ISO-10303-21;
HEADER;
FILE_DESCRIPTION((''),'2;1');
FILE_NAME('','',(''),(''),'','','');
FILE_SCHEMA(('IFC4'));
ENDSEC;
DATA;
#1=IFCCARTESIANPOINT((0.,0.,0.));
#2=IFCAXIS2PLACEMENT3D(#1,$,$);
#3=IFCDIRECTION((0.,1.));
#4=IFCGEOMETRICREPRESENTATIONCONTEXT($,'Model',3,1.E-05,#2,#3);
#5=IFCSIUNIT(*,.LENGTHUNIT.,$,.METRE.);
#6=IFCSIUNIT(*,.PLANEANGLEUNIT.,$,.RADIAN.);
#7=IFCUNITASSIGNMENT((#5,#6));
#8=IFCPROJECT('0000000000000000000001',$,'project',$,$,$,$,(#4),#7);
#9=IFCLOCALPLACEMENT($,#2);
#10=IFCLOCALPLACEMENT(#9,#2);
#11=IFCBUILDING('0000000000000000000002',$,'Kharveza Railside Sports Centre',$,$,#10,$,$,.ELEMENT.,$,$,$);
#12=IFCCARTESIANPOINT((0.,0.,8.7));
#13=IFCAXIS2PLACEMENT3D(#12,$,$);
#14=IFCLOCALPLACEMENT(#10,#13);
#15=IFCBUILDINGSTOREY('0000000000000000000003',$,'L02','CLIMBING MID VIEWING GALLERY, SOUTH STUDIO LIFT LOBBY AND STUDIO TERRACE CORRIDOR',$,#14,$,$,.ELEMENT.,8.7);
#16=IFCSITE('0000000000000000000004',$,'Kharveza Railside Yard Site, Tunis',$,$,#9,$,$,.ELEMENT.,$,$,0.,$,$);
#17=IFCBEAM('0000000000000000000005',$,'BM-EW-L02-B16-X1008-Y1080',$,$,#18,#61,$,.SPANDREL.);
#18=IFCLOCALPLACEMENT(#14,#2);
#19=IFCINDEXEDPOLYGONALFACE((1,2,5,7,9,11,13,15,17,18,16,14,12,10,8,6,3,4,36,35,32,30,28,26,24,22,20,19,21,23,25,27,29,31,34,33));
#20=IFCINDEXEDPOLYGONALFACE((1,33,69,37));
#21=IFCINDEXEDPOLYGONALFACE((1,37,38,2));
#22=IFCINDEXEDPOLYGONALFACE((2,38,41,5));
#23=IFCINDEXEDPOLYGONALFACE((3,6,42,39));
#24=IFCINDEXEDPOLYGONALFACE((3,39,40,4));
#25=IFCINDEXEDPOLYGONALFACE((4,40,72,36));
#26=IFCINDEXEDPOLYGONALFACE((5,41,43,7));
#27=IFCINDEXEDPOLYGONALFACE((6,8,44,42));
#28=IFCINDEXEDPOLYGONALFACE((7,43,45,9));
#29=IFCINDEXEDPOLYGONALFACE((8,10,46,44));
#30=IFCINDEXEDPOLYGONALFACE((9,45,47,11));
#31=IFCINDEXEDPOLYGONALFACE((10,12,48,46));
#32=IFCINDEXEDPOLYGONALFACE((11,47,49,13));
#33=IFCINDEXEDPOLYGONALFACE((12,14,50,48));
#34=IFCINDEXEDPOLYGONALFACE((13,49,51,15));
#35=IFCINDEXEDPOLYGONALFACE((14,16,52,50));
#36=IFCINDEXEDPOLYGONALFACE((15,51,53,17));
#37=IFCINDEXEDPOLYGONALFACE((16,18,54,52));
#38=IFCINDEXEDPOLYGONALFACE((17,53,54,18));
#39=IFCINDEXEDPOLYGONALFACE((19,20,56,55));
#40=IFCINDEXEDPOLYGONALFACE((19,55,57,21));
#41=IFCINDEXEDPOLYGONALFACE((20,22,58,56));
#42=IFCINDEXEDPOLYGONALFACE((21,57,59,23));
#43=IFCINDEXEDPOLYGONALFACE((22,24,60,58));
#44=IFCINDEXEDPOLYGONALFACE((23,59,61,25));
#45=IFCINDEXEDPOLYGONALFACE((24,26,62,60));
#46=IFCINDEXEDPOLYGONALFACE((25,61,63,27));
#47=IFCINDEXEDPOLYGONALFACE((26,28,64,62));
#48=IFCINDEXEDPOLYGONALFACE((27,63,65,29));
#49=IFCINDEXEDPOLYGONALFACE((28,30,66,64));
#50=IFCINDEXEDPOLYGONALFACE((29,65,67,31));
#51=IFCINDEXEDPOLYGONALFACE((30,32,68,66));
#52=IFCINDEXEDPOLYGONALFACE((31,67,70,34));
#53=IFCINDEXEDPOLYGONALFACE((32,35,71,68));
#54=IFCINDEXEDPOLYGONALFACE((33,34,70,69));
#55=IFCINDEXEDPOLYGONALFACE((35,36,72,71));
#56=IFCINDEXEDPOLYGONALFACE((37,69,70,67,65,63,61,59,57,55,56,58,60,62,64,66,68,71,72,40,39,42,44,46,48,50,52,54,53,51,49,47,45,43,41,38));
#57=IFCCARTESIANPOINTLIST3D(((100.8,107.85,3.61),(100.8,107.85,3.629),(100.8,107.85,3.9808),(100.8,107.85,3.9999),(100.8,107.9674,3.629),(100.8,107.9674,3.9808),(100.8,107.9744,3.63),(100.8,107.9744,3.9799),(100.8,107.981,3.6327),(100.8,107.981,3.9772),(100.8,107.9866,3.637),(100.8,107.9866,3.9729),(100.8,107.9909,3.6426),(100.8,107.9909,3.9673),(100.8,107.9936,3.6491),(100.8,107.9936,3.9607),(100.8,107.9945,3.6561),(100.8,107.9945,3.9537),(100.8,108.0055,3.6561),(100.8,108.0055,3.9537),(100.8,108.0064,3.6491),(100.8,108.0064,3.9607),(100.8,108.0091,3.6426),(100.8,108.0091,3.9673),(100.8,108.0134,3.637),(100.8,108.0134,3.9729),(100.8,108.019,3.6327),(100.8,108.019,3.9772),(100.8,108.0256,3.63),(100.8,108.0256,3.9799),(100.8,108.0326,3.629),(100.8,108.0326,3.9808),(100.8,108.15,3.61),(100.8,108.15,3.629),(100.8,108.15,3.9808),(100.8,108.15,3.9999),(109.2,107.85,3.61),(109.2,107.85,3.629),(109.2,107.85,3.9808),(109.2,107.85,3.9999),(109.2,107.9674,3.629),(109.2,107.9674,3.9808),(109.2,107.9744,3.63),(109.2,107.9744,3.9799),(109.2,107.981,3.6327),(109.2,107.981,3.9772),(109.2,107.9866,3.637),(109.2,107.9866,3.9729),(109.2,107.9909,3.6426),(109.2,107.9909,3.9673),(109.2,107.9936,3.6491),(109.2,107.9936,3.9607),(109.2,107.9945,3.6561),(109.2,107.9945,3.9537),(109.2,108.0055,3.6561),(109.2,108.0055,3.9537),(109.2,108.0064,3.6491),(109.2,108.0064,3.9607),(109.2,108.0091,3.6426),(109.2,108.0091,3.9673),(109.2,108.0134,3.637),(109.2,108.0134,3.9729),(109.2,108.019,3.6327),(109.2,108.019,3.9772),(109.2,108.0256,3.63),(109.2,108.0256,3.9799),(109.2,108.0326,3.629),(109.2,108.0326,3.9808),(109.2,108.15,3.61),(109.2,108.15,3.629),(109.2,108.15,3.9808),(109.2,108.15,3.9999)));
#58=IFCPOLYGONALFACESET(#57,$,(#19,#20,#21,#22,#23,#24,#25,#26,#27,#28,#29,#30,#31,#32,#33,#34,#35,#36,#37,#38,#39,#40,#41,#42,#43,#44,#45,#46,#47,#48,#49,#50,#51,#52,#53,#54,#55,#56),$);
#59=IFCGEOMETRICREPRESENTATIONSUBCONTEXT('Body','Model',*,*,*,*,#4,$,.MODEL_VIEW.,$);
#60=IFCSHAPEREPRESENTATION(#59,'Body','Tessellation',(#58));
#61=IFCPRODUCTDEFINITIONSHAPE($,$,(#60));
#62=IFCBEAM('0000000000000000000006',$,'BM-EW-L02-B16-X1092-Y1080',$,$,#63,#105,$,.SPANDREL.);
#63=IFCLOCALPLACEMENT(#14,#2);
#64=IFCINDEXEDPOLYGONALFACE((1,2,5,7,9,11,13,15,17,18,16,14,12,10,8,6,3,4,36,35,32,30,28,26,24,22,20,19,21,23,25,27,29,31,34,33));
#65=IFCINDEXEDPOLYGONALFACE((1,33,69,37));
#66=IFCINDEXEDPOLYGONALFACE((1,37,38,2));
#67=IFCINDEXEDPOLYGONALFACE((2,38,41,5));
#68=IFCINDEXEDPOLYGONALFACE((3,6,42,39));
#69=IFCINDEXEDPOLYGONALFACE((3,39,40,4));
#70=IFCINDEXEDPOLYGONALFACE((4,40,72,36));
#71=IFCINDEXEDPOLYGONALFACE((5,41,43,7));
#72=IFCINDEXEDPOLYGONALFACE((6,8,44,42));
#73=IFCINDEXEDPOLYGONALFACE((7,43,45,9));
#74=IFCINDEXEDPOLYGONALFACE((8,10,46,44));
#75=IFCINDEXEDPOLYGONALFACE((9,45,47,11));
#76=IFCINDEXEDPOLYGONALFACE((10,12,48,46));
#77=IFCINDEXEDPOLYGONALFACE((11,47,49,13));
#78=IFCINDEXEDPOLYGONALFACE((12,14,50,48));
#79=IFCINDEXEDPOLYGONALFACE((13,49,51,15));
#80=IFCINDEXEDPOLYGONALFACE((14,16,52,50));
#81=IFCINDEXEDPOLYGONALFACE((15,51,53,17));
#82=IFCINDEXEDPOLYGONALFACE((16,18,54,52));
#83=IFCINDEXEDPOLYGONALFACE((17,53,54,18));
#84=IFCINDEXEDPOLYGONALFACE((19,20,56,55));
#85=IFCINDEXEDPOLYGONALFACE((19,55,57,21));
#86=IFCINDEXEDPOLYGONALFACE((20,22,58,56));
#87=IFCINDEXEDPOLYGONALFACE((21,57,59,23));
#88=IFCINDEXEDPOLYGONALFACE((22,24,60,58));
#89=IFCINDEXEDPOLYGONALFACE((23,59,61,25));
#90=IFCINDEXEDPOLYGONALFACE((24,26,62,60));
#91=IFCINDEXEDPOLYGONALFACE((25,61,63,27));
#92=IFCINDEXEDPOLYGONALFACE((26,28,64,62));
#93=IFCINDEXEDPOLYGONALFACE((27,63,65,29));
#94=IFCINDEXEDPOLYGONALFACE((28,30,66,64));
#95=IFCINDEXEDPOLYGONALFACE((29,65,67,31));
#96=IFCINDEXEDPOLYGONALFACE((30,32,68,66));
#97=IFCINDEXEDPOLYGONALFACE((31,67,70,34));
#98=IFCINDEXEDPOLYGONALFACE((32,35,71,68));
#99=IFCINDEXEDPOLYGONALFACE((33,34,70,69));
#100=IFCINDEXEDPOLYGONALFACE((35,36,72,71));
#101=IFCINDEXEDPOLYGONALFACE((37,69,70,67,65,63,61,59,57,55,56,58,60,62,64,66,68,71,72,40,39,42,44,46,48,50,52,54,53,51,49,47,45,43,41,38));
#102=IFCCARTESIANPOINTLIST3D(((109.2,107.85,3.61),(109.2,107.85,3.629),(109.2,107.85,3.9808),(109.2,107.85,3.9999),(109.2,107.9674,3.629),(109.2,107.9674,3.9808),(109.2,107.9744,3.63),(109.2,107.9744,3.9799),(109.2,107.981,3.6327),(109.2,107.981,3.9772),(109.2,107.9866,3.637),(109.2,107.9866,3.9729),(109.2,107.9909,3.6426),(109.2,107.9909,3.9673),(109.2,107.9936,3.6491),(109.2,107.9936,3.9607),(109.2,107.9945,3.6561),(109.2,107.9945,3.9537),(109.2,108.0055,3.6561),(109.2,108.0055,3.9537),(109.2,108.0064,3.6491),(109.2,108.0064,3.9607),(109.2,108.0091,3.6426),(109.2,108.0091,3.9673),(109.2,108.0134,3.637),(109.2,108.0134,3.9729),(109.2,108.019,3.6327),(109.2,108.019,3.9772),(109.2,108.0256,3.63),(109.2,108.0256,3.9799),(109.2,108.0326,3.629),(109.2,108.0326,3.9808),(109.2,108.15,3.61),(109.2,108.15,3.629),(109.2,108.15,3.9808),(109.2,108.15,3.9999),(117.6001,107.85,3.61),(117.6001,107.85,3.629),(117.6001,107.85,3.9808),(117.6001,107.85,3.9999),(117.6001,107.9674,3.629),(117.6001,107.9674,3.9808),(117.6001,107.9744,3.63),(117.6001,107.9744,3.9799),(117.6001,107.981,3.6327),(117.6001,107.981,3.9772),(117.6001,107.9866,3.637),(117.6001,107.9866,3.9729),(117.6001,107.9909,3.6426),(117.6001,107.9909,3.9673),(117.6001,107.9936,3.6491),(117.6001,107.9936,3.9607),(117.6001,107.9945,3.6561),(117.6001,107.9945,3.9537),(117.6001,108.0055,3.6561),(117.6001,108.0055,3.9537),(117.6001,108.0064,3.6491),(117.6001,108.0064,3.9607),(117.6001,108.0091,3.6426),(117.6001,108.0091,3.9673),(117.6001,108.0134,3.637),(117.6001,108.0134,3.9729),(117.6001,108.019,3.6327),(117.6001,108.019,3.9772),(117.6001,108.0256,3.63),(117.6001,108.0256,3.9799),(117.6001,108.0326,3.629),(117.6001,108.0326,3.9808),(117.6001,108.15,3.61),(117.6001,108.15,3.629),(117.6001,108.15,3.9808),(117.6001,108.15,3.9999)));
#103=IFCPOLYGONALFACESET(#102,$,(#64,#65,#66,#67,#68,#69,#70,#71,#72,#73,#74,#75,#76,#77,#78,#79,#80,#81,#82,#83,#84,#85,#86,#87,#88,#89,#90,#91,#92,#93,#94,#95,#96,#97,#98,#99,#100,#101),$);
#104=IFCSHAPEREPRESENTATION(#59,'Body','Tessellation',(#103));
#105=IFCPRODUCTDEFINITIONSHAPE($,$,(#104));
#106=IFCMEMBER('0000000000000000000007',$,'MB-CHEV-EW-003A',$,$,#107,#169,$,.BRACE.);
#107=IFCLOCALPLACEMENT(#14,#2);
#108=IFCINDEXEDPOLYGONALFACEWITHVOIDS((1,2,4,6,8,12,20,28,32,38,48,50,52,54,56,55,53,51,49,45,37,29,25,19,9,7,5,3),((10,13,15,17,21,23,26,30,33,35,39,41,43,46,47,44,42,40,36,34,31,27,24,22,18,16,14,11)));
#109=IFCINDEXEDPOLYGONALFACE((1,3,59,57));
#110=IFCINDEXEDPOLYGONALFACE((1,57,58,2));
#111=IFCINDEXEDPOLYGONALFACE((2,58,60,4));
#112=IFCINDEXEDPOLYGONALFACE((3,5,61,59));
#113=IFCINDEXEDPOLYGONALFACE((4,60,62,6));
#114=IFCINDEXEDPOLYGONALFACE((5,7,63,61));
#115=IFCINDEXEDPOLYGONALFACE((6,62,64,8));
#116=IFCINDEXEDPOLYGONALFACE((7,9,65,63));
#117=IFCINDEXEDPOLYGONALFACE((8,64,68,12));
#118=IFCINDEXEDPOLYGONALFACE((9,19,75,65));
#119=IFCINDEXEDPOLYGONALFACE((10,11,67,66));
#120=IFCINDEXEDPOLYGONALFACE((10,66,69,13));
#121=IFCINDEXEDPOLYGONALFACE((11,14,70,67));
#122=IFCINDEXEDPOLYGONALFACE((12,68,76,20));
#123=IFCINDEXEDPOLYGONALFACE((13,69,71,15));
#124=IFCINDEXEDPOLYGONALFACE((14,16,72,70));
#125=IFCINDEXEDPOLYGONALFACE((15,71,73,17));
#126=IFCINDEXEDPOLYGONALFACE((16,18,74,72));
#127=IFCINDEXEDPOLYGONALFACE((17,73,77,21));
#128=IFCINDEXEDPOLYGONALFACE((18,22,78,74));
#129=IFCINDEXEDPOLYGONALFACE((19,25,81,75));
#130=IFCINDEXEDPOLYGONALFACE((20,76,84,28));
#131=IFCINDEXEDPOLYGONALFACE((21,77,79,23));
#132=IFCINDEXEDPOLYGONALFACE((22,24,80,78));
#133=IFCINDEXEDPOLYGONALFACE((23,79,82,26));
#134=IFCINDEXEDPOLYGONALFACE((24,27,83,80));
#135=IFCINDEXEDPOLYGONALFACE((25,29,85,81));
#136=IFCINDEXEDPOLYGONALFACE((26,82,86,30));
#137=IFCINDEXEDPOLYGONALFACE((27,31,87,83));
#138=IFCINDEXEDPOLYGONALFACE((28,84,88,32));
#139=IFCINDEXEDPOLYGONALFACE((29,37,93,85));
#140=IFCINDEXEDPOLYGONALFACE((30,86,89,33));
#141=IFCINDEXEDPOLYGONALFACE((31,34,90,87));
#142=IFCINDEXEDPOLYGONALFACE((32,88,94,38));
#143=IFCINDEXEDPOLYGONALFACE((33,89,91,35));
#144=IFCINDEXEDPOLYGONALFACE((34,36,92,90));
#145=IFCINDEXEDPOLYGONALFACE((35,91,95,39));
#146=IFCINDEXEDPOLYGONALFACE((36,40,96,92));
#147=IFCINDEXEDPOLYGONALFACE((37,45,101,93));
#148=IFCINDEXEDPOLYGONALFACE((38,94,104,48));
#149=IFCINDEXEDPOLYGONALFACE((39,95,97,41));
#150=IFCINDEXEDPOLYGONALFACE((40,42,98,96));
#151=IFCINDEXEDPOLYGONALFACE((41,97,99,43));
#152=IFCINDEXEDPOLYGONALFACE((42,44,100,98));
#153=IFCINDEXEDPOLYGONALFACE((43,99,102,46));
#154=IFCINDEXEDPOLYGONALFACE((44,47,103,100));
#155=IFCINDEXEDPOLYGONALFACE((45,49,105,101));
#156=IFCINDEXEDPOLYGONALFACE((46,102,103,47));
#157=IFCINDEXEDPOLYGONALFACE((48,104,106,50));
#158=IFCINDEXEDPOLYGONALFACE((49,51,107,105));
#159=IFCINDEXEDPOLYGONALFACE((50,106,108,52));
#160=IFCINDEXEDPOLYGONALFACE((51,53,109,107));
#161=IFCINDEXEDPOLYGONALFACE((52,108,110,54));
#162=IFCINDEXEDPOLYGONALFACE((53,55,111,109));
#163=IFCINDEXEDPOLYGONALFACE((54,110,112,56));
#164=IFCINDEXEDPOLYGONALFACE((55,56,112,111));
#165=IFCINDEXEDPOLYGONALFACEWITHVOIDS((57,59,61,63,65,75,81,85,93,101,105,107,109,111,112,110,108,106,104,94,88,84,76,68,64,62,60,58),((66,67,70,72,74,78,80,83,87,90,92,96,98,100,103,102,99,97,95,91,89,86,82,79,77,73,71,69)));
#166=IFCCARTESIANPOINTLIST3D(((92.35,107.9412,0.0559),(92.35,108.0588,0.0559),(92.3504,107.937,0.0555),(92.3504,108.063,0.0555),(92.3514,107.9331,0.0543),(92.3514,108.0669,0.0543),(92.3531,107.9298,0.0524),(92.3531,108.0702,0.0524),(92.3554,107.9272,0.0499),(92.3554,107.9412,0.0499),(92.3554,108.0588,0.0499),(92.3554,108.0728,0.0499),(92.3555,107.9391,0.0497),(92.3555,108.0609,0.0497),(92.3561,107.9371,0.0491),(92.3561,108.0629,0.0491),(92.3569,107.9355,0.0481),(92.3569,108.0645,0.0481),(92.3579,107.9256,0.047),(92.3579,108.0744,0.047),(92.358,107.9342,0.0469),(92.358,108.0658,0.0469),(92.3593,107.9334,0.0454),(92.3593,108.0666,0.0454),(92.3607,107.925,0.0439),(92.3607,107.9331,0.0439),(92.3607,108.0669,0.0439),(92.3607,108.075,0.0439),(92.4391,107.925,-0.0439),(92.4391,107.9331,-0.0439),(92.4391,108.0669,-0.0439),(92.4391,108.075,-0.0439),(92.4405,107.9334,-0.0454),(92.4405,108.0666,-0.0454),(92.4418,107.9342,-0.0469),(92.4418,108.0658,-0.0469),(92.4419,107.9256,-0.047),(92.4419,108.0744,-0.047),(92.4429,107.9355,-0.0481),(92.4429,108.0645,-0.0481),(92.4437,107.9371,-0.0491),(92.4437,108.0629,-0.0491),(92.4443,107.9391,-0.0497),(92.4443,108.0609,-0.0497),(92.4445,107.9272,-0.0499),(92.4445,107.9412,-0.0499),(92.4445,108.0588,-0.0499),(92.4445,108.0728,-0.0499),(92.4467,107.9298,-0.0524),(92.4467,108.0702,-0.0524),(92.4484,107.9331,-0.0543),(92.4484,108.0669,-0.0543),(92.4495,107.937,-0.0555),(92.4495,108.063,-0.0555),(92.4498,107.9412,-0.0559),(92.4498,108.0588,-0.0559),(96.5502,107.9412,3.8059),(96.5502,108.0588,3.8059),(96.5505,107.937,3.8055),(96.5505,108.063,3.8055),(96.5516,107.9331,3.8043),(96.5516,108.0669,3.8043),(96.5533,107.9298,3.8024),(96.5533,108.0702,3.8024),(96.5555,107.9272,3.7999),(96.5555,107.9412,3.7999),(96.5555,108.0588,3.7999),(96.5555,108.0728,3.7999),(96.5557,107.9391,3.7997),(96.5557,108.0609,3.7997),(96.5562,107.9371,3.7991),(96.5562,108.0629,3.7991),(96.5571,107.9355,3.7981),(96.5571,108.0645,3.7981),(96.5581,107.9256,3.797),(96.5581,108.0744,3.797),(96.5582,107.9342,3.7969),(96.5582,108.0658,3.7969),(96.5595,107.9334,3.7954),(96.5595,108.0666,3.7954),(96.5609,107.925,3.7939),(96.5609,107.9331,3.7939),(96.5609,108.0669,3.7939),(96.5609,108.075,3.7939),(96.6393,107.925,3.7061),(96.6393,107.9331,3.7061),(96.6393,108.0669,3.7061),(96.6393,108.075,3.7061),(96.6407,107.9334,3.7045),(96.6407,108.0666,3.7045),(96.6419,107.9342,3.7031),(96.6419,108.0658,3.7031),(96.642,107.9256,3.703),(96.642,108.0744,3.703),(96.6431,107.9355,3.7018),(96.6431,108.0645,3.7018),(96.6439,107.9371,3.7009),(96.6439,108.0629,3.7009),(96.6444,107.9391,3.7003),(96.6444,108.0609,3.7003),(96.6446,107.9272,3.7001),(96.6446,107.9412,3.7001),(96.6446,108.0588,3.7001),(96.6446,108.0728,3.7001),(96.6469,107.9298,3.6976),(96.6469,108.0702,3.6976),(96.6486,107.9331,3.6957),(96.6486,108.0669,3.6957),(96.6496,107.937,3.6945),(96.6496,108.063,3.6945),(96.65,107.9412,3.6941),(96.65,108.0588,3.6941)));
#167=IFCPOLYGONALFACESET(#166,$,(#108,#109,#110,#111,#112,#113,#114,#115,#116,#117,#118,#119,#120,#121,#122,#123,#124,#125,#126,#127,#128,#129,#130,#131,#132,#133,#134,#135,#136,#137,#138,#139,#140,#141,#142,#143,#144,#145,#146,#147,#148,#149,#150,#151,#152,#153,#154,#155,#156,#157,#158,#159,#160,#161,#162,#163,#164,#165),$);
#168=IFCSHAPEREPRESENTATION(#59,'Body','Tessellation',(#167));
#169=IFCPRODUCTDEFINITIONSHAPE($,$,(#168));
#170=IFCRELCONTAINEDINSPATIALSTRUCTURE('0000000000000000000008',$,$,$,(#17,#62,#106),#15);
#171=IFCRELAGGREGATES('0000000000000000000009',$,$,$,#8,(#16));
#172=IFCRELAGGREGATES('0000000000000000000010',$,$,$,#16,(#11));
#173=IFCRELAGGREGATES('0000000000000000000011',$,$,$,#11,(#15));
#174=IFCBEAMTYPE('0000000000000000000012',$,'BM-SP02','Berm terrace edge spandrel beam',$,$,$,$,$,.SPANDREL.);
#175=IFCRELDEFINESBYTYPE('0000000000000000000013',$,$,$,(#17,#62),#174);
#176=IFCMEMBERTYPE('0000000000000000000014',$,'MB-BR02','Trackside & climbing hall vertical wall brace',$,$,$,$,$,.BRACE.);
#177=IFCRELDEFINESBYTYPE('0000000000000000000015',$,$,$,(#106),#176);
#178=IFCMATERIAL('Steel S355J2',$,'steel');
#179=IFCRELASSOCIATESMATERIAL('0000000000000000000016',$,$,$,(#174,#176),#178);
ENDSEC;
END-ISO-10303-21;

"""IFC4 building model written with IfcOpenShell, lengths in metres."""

from ifc_helpers import new_model, si_unit, direction, frame, origin, origin_2d, place, context, subcontext, project, spatial, hollow_rectangle, i_section, extrude, material, material_profile, profile_set, type_object, element, save


model = new_model("IFC4")

# Units and contexts
model_context = context("Model", 3, precision=1e-05, world=origin(), true_north=direction((0.0, 1.0)))
body_context = subcontext(model_context, "Body", "Model", "MODEL_VIEW")
ifc_project = project(units=[si_unit("LENGTHUNIT", "METRE"), si_unit("PLANEANGLEUNIT", "RADIAN")], contexts=[model_context])

# Site, building, storey
site_placement = place(None, origin())
site = spatial("IfcSite", under=ifc_project, at=site_placement, Name="Kharveza Railside Yard Site, Tunis", CompositionType="ELEMENT", RefElevation=0.0)
building_placement = place(site_placement, origin())
building = spatial("IfcBuilding", under=site, at=building_placement, Name="Kharveza Railside Sports Centre", CompositionType="ELEMENT")
storey_placement = place(building_placement, frame((0.0, 0.0, 8.7)))
storey = spatial("IfcBuildingStorey", under=building, at=storey_placement, Name="L02", Description="CLIMBING MID VIEWING GALLERY, SOUTH STUDIO LIFT LOBBY AND STUDIO TERRACE CORRIDOR", CompositionType="ELEMENT", Elevation=8.7)

# Shared definitions
ifc_material_1 = material(Name="Steel S355J2", Category="steel")

# Beams
ifc_material_profile_1 = material_profile(ifc_material_1, i_section(OverallWidth=0.3, OverallDepth=0.3899, WebThickness=0.011, FlangeThickness=0.019, FilletRadius=0.0271, at=origin_2d()), Name="HEA 400")
ifc_profile_set_1 = profile_set([ifc_material_profile_1], Name="Steel S355J2")
beam_type = type_object("IfcBeamType", Name="BM-SP02", Description="Berm terrace edge spandrel beam", PredefinedType="SPANDREL", material=ifc_profile_set_1)
beam_1_placement = place(storey_placement, frame((100.8, 108.0, 3.8049), z_axis=(1.0, 0.0, 0.0), x_axis=(0.0, 1.0, 0.0)))
element("IfcBeam", 1, at=beam_1_placement, inside=storey, type_object=beam_type, Name="BM-EW-L02-B16-X1008-Y1080", PredefinedType="SPANDREL", context=body_context, shape_type="SweptSolid", body=[
    extrude(i_section(OverallWidth=0.3, OverallDepth=0.3899, WebThickness=0.011, FlangeThickness=0.019, FilletRadius=0.0271, at=origin_2d()), origin(), (0.0, 0.0, 1.0), 8.3999),
])
beam_2_placement = place(storey_placement, frame((109.2, 108.0, 3.8049), z_axis=(1.0, 0.0, 0.0), x_axis=(0.0, 1.0, 0.0)))
element("IfcBeam", 2, at=beam_2_placement, inside=storey, type_object=beam_type, Name="BM-EW-L02-B16-X1092-Y1080", PredefinedType="SPANDREL", context=body_context, shape_type="SweptSolid", body=[
    extrude(i_section(OverallWidth=0.3, OverallDepth=0.3899, WebThickness=0.011, FlangeThickness=0.019, FilletRadius=0.0271, at=origin_2d()), origin(), (0.0, 0.0, 1.0), 8.4001),
])

# Member
ifc_material_profile_2 = material_profile(ifc_material_1, hollow_rectangle(XDim=0.1499, YDim=0.1499, WallThickness=0.0081, InnerFilletRadius=0.0081, OuterFilletRadius=0.0161, at=origin_2d()), Name="SHS 150x150x8.0")
ifc_profile_set_2 = profile_set([ifc_material_profile_2], Name="Steel S355J2")
member_type = type_object("IfcMemberType", Name="MB-BR02", Description="Trackside & climbing hall vertical wall brace", PredefinedType="BRACE", material=ifc_profile_set_2)
member_1_placement = place(storey_placement, frame((92.3999, 108.0, 0.0), z_axis=(0.745953, 0.0, 0.665999), x_axis=(0.0, 1.0, 0.0)))
element("IfcMember", 3, at=member_1_placement, inside=storey, type_object=member_type, Name="MB-CHEV-EW-003A", PredefinedType="BRACE", context=body_context, shape_type="SweptSolid", body=[
    extrude(hollow_rectangle(XDim=0.1499, YDim=0.1499, WallThickness=0.0081, InnerFilletRadius=0.0081, OuterFilletRadius=0.0161, at=origin_2d()), origin(), (0.0, 0.0, 1.0), 5.6306),
])

save(model, "model.ifc")
